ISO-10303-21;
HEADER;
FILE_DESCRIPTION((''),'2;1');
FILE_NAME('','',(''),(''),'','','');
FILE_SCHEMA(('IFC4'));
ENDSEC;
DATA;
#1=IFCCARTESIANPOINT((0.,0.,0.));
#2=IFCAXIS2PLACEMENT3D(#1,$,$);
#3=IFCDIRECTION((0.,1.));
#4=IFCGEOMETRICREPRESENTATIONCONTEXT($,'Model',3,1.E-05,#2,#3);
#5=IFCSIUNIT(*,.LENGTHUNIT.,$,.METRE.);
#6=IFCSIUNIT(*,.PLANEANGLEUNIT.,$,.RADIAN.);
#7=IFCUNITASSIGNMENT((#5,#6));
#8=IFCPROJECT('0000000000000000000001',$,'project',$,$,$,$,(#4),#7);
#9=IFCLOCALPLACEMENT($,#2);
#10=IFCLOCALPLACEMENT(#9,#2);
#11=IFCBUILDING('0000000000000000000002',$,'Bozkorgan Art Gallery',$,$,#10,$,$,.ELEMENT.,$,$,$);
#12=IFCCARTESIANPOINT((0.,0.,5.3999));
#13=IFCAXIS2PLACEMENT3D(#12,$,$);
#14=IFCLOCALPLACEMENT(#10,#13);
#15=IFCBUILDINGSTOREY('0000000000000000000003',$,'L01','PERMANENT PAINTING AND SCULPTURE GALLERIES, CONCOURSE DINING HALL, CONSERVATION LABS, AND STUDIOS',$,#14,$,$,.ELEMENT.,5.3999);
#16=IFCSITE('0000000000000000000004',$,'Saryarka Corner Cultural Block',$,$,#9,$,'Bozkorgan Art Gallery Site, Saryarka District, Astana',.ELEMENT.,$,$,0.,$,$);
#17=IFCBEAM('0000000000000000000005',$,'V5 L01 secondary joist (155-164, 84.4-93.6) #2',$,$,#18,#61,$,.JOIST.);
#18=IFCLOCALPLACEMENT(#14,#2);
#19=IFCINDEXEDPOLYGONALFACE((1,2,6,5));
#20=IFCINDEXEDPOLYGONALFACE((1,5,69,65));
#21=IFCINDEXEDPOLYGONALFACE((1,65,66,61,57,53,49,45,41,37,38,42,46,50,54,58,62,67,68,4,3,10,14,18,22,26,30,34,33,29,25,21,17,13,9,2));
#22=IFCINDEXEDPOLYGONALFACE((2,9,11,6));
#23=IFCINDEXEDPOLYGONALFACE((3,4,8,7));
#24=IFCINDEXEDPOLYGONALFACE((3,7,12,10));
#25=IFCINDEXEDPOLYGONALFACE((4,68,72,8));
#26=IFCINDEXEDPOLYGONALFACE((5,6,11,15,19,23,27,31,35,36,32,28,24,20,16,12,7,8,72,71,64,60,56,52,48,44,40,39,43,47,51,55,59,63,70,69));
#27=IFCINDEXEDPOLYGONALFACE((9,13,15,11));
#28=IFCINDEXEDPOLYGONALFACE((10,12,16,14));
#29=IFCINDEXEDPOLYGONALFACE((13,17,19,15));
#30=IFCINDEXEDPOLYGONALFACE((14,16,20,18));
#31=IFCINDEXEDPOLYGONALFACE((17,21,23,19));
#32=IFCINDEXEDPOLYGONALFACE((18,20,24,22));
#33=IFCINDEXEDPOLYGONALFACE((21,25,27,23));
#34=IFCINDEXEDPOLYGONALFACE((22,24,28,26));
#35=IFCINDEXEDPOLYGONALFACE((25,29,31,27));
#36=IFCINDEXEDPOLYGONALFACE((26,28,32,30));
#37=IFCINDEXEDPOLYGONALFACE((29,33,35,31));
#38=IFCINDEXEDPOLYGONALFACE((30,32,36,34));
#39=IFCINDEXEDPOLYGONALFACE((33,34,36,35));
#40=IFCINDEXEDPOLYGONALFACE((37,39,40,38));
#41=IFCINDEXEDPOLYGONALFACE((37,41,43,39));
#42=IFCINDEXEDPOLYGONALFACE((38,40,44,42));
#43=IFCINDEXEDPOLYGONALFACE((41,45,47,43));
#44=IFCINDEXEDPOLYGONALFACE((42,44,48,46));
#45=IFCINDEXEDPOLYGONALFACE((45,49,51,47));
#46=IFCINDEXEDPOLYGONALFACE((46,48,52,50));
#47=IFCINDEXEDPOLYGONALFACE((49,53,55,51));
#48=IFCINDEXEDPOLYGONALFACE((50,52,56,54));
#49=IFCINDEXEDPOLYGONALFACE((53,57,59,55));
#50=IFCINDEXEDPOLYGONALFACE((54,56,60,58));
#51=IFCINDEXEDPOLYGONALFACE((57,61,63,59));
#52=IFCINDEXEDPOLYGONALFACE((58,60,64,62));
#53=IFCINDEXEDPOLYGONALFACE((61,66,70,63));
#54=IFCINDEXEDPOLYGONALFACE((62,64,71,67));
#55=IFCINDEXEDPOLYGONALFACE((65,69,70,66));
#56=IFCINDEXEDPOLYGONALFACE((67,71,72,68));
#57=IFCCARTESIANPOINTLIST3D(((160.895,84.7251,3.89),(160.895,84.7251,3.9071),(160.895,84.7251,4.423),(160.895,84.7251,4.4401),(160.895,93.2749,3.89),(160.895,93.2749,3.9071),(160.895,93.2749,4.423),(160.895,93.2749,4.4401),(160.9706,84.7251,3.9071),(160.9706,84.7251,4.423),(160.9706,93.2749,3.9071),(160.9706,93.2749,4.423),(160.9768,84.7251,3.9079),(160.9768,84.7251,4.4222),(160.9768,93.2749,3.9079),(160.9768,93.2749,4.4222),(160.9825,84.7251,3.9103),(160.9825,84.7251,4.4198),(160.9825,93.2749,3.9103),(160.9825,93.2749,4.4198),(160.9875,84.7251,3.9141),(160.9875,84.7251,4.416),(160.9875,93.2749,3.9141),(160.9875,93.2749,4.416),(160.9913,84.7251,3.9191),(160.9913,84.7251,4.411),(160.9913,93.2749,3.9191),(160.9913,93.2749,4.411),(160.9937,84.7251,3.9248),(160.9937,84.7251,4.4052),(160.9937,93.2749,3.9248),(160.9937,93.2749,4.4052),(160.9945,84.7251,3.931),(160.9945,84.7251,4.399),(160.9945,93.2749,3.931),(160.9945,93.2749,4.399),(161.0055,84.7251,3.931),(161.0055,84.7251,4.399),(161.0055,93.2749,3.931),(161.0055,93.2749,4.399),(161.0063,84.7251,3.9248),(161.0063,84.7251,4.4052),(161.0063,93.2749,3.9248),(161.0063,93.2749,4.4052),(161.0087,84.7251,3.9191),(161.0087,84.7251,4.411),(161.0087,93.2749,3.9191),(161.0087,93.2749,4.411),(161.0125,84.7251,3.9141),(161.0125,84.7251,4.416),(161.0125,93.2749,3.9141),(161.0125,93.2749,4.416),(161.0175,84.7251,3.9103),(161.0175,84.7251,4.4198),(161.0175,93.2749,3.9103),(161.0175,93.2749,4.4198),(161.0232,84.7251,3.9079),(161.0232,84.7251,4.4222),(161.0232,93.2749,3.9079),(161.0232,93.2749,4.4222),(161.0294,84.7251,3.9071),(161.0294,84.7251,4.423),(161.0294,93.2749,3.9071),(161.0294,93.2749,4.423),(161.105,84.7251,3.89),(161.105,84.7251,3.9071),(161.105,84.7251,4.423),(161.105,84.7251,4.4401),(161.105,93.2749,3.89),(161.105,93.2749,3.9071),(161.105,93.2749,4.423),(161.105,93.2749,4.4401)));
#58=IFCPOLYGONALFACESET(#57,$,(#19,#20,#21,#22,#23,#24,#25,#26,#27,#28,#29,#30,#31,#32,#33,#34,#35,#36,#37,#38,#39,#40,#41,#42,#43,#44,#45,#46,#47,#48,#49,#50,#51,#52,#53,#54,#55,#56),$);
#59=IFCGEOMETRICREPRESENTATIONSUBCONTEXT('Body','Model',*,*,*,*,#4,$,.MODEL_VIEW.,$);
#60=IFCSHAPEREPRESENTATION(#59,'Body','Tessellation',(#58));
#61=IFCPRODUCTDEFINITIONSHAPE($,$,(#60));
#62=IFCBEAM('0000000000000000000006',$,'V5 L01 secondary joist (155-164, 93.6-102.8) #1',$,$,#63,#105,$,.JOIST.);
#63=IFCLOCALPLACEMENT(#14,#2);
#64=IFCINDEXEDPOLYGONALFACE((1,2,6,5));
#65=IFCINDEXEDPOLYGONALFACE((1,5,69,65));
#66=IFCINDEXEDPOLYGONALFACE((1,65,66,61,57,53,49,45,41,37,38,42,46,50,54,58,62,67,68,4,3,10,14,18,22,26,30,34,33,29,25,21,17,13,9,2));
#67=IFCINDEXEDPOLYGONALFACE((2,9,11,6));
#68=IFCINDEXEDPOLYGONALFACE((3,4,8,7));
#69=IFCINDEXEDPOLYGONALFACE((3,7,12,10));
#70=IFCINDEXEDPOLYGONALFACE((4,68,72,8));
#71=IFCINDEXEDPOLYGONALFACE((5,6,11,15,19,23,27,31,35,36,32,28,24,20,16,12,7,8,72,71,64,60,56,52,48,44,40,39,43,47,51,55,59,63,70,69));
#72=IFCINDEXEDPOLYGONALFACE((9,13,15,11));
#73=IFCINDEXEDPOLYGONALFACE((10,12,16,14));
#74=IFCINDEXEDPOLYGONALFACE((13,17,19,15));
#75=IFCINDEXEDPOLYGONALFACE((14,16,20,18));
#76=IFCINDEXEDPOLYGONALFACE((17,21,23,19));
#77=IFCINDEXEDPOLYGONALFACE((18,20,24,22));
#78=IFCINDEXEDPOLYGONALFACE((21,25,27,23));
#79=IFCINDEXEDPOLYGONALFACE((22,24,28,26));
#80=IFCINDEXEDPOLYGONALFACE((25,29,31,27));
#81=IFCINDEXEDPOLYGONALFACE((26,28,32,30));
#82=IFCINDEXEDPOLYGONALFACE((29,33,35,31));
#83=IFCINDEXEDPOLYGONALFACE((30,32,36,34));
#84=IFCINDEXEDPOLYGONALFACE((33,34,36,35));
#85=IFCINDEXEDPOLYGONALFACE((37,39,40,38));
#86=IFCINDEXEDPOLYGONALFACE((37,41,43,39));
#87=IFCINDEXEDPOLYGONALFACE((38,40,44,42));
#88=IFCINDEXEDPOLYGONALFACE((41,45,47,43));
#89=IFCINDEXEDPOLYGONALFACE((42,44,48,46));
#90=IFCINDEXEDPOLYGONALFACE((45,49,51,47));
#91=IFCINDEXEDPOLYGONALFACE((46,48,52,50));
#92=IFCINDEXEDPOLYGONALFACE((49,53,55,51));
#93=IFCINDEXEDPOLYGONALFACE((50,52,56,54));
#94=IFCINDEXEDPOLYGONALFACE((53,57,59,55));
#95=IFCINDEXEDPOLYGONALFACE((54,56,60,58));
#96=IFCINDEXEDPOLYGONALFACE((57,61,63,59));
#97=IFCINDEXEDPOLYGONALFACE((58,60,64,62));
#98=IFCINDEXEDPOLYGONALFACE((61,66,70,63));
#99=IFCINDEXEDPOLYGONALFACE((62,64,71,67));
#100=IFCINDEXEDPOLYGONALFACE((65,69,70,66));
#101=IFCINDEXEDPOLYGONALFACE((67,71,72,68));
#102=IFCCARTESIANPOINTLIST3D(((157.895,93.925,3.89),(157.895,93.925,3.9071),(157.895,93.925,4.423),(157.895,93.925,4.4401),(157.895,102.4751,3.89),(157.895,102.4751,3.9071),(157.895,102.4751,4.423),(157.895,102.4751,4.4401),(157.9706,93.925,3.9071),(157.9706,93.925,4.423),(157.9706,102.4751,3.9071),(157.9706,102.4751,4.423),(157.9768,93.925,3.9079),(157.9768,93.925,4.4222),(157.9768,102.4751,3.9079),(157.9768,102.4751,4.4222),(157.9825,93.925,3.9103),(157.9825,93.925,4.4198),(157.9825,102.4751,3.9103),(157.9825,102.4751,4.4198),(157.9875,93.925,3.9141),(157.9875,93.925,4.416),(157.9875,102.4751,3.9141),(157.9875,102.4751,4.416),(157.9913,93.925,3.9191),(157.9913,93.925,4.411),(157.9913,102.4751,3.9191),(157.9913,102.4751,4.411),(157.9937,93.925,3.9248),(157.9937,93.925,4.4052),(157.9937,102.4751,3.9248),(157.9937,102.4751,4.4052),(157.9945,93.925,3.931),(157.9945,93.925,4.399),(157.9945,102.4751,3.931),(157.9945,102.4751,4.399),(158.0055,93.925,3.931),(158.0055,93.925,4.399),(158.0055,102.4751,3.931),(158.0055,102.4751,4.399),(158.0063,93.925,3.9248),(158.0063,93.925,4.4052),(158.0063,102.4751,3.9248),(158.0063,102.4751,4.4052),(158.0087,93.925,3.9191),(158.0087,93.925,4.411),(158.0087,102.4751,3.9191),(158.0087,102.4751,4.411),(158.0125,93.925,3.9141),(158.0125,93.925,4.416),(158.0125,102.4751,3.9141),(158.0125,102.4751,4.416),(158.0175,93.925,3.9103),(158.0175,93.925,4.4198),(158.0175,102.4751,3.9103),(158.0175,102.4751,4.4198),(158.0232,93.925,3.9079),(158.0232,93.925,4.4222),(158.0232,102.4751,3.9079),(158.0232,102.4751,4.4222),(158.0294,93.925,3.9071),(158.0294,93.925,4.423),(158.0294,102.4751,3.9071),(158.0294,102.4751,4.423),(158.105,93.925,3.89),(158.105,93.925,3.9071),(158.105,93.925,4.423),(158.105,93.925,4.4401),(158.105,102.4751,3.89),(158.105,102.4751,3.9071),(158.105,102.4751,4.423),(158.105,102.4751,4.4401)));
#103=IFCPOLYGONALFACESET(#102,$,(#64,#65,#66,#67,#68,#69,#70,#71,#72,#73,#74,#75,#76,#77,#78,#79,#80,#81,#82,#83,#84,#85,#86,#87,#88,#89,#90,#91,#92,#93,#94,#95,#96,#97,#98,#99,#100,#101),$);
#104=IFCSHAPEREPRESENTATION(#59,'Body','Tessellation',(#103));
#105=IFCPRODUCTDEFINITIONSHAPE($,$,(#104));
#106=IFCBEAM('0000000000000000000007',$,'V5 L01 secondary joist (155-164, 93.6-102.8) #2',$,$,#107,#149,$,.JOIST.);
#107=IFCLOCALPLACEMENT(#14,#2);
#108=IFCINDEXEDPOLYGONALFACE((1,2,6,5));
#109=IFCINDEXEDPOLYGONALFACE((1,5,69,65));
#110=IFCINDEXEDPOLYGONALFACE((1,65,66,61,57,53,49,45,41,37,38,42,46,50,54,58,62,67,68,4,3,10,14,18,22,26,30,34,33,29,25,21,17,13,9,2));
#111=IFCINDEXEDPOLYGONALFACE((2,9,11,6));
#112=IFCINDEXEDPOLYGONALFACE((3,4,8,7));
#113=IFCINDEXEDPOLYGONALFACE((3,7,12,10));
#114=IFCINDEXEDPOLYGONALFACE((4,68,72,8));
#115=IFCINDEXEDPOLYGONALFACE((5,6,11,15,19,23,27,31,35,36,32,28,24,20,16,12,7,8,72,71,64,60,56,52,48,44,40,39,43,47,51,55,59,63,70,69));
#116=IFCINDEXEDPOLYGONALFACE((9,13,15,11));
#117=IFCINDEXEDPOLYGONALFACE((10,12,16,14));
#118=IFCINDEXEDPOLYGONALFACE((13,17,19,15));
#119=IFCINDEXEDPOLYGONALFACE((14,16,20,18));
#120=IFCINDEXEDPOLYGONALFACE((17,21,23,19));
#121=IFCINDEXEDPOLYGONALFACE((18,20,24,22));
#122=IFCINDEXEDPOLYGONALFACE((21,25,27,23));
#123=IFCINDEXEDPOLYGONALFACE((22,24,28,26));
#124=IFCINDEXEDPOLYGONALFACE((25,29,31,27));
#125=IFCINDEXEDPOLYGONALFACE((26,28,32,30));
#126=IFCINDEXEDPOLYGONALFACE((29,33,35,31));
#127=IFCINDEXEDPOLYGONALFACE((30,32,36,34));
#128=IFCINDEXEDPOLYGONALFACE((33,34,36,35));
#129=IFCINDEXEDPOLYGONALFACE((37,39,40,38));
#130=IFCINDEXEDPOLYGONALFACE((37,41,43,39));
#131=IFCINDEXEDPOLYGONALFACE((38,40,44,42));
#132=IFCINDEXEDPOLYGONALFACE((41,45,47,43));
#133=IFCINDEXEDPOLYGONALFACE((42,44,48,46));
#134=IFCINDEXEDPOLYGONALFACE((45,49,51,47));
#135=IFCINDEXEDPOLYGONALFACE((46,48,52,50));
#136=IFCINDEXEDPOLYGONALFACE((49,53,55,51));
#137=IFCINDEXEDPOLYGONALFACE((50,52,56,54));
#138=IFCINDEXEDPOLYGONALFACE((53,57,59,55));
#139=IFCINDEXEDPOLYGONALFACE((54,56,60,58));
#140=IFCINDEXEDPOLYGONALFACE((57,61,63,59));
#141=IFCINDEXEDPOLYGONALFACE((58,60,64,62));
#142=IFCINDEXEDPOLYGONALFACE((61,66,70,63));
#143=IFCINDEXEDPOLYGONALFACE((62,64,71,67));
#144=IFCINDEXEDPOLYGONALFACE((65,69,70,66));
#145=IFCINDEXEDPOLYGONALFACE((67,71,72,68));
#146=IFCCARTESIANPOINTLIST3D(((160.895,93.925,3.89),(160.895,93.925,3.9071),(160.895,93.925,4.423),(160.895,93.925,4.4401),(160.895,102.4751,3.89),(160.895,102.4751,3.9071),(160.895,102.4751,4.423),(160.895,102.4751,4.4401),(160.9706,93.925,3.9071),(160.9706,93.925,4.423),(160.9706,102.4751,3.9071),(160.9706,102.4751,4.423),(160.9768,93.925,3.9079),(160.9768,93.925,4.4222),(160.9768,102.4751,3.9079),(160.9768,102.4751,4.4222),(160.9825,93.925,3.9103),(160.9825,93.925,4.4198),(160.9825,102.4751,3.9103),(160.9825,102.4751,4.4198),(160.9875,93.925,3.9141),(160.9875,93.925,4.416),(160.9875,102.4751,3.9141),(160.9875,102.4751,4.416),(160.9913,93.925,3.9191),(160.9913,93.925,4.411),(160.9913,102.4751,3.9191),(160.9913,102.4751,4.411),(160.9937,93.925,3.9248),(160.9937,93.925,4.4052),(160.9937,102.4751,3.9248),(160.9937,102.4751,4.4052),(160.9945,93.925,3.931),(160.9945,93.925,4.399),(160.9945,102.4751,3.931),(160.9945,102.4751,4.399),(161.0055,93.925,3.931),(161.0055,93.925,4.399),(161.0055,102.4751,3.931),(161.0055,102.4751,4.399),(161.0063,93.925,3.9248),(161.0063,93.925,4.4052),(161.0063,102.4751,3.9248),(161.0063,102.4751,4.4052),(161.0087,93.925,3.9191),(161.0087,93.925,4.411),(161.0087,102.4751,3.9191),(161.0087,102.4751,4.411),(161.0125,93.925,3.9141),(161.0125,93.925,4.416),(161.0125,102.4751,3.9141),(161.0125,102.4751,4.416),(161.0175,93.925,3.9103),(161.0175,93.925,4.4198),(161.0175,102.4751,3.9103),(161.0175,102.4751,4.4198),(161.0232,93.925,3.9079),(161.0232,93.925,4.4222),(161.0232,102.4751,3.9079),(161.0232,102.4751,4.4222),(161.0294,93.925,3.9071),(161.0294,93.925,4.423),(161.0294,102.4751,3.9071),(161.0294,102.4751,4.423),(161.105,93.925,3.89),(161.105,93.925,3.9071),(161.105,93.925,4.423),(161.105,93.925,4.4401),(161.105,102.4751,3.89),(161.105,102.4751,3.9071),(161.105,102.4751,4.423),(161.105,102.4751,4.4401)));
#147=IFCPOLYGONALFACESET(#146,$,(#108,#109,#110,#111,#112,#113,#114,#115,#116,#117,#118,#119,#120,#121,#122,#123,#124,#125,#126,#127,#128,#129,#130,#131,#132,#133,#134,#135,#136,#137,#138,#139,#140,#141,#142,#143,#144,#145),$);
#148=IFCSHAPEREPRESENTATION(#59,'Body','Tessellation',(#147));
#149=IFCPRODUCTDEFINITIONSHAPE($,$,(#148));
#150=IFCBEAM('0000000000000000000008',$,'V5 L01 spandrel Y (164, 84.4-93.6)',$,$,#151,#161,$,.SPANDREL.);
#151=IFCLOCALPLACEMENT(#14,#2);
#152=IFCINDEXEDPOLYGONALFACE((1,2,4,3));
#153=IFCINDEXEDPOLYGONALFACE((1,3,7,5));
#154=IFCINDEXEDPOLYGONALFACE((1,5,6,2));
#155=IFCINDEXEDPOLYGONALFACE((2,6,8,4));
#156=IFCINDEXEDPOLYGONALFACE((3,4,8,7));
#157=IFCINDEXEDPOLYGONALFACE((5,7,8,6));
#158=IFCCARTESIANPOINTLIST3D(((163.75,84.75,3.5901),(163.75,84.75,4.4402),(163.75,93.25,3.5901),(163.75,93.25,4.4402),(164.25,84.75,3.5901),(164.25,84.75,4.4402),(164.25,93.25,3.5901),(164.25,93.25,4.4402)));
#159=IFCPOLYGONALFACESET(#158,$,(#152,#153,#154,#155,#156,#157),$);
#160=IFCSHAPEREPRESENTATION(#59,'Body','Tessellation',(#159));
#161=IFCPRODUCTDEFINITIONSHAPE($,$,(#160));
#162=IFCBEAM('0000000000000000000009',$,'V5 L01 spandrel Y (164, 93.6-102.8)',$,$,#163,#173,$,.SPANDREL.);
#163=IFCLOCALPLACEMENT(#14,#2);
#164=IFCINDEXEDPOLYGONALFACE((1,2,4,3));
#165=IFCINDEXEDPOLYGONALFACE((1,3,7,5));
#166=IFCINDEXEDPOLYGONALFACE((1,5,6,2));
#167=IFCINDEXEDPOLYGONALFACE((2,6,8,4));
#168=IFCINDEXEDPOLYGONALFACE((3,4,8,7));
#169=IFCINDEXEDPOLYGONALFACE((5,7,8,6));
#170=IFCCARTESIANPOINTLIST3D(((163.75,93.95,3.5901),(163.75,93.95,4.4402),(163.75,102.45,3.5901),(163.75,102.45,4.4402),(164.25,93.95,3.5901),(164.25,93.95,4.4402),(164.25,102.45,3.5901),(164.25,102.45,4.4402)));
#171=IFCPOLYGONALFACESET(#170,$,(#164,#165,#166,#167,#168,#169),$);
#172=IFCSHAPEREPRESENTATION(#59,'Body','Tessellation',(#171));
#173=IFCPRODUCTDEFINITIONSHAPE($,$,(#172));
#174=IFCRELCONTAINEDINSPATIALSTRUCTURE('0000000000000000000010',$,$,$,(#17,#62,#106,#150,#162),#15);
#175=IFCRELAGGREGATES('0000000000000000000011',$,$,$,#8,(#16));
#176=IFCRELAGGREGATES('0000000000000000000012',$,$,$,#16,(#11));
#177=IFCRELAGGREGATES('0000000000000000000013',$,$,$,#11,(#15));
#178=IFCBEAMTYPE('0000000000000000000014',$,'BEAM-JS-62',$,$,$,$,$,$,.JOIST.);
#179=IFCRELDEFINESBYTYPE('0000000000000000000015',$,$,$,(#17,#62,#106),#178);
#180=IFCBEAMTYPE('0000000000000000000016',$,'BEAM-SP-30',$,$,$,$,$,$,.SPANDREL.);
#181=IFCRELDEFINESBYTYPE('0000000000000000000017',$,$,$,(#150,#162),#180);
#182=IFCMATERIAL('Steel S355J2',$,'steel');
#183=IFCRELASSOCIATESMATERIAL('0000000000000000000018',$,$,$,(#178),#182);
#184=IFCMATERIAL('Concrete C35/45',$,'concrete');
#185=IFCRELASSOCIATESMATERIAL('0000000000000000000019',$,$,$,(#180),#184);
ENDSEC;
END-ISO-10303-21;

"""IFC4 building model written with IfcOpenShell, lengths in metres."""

from ifc_helpers import new_model, si_unit, direction, frame, origin, origin_2d, place, context, subcontext, project, spatial, rectangle, i_section, extrude, material, material_profile, profile_set, type_object, element, save


model = new_model("IFC4")

# Units and contexts
model_context = context("Model", 3, precision=1e-05, world=origin(), true_north=direction((0.0, 1.0)))
body_context = subcontext(model_context, "Body", "Model", "MODEL_VIEW")
ifc_project = project(units=[si_unit("LENGTHUNIT", "METRE"), si_unit("PLANEANGLEUNIT", "RADIAN")], contexts=[model_context])

# Site, building, storey
site_placement = place(None, origin())
site = spatial("IfcSite", under=ifc_project, at=site_placement, Name="Saryarka Corner Cultural Block", LongName="Bozkorgan Art Gallery Site, Saryarka District, Astana", CompositionType="ELEMENT", RefElevation=0.0)
building_placement = place(site_placement, origin())
building = spatial("IfcBuilding", under=site, at=building_placement, Name="Bozkorgan Art Gallery", CompositionType="ELEMENT")
storey_placement = place(building_placement, frame((0.0, 0.0, 5.3999)))
storey = spatial("IfcBuildingStorey", under=building, at=storey_placement, Name="L01", Description="PERMANENT PAINTING AND SCULPTURE GALLERIES, CONCOURSE DINING HALL, CONSERVATION LABS, AND STUDIOS", CompositionType="ELEMENT", Elevation=5.3999)

# Beams
ifc_material_1 = material(Name="Concrete C35/45", Category="concrete")
ifc_material_2 = material(Name="Steel S355J2", Category="steel")
ifc_material_profile_1 = material_profile(ifc_material_2, i_section(OverallWidth=0.21, OverallDepth=0.55, WebThickness=0.011, FlangeThickness=0.0171, FilletRadius=0.0239, at=origin_2d()), Name="IPE 550")
ifc_profile_set_1 = profile_set([ifc_material_profile_1], Name="Steel S355J2")
beam_type_1 = type_object("IfcBeamType", Name="BEAM-JS-62", PredefinedType="JOIST", material=ifc_profile_set_1)
beam_placement = place(storey_placement, frame((161.0, 84.7251, 4.165), z_axis=(0.0, 1.0, 0.0), x_axis=(-1.0, 0.0, 0.0)))
element("IfcBeam", 1, at=beam_placement, inside=storey, type_object=beam_type_1, Name="V5 L01 secondary joist (155-164, 84.4-93.6) #2", PredefinedType="JOIST", context=body_context, shape_type="SweptSolid", body=[
    extrude(i_section(OverallWidth=0.21, OverallDepth=0.55, WebThickness=0.011, FlangeThickness=0.0171, FilletRadius=0.0239, at=origin_2d()), origin(), (0.0, 0.0, 1.0), 8.5498),
])
for number, where, z_axis, x_axis, name in (
    (2, (158.0, 93.925, 4.165), (0.0, 1.0, 0.0), (-1.0, 0.0, 0.0), "V5 L01 secondary joist (155-164, 93.6-102.8) #1"),
    (3, (161.0, 93.925, 4.165), (0.0, 1.0, 0.0), (-1.0, 0.0, 0.0), "V5 L01 secondary joist (155-164, 93.6-102.8) #2"),
):
    element("IfcBeam", number, at=place(storey_placement, frame(where, z_axis=z_axis, x_axis=x_axis)), inside=storey, type_object=beam_type_1, Name=name, PredefinedType="JOIST", context=body_context, shape_type="SweptSolid", body=[
        extrude(i_section(OverallWidth=0.21, OverallDepth=0.55, WebThickness=0.011, FlangeThickness=0.0171, FilletRadius=0.0239, at=origin_2d()), origin(), (0.0, 0.0, 1.0), 8.55),
    ])
ifc_material_profile_2 = material_profile(ifc_material_1, rectangle(XDim=0.5, YDim=0.8501, at=origin_2d()), Name="RC 500x850")
ifc_profile_set_2 = profile_set([ifc_material_profile_2], Name="Concrete C35/45")
beam_type_2 = type_object("IfcBeamType", Name="BEAM-SP-30", PredefinedType="SPANDREL", material=ifc_profile_set_2)
for number, where, z_axis, x_axis, name in (
    (4, (164.0, 84.75, 4.0151), (0.0, 1.0, 0.0), (-1.0, 0.0, 0.0), "V5 L01 spandrel Y (164, 84.4-93.6)"),
    (5, (164.0, 93.95, 4.0151), (0.0, 1.0, 0.0), (-1.0, 0.0, 0.0), "V5 L01 spandrel Y (164, 93.6-102.8)"),
):
    element("IfcBeam", number, at=place(storey_placement, frame(where, z_axis=z_axis, x_axis=x_axis)), inside=storey, type_object=beam_type_2, Name=name, PredefinedType="SPANDREL", context=body_context, shape_type="SweptSolid", body=[
        extrude(rectangle(XDim=0.5, YDim=0.8501, at=origin_2d()), origin(), (0.0, 0.0, 1.0), 8.5),
    ])

save(model, "model.ifc")
